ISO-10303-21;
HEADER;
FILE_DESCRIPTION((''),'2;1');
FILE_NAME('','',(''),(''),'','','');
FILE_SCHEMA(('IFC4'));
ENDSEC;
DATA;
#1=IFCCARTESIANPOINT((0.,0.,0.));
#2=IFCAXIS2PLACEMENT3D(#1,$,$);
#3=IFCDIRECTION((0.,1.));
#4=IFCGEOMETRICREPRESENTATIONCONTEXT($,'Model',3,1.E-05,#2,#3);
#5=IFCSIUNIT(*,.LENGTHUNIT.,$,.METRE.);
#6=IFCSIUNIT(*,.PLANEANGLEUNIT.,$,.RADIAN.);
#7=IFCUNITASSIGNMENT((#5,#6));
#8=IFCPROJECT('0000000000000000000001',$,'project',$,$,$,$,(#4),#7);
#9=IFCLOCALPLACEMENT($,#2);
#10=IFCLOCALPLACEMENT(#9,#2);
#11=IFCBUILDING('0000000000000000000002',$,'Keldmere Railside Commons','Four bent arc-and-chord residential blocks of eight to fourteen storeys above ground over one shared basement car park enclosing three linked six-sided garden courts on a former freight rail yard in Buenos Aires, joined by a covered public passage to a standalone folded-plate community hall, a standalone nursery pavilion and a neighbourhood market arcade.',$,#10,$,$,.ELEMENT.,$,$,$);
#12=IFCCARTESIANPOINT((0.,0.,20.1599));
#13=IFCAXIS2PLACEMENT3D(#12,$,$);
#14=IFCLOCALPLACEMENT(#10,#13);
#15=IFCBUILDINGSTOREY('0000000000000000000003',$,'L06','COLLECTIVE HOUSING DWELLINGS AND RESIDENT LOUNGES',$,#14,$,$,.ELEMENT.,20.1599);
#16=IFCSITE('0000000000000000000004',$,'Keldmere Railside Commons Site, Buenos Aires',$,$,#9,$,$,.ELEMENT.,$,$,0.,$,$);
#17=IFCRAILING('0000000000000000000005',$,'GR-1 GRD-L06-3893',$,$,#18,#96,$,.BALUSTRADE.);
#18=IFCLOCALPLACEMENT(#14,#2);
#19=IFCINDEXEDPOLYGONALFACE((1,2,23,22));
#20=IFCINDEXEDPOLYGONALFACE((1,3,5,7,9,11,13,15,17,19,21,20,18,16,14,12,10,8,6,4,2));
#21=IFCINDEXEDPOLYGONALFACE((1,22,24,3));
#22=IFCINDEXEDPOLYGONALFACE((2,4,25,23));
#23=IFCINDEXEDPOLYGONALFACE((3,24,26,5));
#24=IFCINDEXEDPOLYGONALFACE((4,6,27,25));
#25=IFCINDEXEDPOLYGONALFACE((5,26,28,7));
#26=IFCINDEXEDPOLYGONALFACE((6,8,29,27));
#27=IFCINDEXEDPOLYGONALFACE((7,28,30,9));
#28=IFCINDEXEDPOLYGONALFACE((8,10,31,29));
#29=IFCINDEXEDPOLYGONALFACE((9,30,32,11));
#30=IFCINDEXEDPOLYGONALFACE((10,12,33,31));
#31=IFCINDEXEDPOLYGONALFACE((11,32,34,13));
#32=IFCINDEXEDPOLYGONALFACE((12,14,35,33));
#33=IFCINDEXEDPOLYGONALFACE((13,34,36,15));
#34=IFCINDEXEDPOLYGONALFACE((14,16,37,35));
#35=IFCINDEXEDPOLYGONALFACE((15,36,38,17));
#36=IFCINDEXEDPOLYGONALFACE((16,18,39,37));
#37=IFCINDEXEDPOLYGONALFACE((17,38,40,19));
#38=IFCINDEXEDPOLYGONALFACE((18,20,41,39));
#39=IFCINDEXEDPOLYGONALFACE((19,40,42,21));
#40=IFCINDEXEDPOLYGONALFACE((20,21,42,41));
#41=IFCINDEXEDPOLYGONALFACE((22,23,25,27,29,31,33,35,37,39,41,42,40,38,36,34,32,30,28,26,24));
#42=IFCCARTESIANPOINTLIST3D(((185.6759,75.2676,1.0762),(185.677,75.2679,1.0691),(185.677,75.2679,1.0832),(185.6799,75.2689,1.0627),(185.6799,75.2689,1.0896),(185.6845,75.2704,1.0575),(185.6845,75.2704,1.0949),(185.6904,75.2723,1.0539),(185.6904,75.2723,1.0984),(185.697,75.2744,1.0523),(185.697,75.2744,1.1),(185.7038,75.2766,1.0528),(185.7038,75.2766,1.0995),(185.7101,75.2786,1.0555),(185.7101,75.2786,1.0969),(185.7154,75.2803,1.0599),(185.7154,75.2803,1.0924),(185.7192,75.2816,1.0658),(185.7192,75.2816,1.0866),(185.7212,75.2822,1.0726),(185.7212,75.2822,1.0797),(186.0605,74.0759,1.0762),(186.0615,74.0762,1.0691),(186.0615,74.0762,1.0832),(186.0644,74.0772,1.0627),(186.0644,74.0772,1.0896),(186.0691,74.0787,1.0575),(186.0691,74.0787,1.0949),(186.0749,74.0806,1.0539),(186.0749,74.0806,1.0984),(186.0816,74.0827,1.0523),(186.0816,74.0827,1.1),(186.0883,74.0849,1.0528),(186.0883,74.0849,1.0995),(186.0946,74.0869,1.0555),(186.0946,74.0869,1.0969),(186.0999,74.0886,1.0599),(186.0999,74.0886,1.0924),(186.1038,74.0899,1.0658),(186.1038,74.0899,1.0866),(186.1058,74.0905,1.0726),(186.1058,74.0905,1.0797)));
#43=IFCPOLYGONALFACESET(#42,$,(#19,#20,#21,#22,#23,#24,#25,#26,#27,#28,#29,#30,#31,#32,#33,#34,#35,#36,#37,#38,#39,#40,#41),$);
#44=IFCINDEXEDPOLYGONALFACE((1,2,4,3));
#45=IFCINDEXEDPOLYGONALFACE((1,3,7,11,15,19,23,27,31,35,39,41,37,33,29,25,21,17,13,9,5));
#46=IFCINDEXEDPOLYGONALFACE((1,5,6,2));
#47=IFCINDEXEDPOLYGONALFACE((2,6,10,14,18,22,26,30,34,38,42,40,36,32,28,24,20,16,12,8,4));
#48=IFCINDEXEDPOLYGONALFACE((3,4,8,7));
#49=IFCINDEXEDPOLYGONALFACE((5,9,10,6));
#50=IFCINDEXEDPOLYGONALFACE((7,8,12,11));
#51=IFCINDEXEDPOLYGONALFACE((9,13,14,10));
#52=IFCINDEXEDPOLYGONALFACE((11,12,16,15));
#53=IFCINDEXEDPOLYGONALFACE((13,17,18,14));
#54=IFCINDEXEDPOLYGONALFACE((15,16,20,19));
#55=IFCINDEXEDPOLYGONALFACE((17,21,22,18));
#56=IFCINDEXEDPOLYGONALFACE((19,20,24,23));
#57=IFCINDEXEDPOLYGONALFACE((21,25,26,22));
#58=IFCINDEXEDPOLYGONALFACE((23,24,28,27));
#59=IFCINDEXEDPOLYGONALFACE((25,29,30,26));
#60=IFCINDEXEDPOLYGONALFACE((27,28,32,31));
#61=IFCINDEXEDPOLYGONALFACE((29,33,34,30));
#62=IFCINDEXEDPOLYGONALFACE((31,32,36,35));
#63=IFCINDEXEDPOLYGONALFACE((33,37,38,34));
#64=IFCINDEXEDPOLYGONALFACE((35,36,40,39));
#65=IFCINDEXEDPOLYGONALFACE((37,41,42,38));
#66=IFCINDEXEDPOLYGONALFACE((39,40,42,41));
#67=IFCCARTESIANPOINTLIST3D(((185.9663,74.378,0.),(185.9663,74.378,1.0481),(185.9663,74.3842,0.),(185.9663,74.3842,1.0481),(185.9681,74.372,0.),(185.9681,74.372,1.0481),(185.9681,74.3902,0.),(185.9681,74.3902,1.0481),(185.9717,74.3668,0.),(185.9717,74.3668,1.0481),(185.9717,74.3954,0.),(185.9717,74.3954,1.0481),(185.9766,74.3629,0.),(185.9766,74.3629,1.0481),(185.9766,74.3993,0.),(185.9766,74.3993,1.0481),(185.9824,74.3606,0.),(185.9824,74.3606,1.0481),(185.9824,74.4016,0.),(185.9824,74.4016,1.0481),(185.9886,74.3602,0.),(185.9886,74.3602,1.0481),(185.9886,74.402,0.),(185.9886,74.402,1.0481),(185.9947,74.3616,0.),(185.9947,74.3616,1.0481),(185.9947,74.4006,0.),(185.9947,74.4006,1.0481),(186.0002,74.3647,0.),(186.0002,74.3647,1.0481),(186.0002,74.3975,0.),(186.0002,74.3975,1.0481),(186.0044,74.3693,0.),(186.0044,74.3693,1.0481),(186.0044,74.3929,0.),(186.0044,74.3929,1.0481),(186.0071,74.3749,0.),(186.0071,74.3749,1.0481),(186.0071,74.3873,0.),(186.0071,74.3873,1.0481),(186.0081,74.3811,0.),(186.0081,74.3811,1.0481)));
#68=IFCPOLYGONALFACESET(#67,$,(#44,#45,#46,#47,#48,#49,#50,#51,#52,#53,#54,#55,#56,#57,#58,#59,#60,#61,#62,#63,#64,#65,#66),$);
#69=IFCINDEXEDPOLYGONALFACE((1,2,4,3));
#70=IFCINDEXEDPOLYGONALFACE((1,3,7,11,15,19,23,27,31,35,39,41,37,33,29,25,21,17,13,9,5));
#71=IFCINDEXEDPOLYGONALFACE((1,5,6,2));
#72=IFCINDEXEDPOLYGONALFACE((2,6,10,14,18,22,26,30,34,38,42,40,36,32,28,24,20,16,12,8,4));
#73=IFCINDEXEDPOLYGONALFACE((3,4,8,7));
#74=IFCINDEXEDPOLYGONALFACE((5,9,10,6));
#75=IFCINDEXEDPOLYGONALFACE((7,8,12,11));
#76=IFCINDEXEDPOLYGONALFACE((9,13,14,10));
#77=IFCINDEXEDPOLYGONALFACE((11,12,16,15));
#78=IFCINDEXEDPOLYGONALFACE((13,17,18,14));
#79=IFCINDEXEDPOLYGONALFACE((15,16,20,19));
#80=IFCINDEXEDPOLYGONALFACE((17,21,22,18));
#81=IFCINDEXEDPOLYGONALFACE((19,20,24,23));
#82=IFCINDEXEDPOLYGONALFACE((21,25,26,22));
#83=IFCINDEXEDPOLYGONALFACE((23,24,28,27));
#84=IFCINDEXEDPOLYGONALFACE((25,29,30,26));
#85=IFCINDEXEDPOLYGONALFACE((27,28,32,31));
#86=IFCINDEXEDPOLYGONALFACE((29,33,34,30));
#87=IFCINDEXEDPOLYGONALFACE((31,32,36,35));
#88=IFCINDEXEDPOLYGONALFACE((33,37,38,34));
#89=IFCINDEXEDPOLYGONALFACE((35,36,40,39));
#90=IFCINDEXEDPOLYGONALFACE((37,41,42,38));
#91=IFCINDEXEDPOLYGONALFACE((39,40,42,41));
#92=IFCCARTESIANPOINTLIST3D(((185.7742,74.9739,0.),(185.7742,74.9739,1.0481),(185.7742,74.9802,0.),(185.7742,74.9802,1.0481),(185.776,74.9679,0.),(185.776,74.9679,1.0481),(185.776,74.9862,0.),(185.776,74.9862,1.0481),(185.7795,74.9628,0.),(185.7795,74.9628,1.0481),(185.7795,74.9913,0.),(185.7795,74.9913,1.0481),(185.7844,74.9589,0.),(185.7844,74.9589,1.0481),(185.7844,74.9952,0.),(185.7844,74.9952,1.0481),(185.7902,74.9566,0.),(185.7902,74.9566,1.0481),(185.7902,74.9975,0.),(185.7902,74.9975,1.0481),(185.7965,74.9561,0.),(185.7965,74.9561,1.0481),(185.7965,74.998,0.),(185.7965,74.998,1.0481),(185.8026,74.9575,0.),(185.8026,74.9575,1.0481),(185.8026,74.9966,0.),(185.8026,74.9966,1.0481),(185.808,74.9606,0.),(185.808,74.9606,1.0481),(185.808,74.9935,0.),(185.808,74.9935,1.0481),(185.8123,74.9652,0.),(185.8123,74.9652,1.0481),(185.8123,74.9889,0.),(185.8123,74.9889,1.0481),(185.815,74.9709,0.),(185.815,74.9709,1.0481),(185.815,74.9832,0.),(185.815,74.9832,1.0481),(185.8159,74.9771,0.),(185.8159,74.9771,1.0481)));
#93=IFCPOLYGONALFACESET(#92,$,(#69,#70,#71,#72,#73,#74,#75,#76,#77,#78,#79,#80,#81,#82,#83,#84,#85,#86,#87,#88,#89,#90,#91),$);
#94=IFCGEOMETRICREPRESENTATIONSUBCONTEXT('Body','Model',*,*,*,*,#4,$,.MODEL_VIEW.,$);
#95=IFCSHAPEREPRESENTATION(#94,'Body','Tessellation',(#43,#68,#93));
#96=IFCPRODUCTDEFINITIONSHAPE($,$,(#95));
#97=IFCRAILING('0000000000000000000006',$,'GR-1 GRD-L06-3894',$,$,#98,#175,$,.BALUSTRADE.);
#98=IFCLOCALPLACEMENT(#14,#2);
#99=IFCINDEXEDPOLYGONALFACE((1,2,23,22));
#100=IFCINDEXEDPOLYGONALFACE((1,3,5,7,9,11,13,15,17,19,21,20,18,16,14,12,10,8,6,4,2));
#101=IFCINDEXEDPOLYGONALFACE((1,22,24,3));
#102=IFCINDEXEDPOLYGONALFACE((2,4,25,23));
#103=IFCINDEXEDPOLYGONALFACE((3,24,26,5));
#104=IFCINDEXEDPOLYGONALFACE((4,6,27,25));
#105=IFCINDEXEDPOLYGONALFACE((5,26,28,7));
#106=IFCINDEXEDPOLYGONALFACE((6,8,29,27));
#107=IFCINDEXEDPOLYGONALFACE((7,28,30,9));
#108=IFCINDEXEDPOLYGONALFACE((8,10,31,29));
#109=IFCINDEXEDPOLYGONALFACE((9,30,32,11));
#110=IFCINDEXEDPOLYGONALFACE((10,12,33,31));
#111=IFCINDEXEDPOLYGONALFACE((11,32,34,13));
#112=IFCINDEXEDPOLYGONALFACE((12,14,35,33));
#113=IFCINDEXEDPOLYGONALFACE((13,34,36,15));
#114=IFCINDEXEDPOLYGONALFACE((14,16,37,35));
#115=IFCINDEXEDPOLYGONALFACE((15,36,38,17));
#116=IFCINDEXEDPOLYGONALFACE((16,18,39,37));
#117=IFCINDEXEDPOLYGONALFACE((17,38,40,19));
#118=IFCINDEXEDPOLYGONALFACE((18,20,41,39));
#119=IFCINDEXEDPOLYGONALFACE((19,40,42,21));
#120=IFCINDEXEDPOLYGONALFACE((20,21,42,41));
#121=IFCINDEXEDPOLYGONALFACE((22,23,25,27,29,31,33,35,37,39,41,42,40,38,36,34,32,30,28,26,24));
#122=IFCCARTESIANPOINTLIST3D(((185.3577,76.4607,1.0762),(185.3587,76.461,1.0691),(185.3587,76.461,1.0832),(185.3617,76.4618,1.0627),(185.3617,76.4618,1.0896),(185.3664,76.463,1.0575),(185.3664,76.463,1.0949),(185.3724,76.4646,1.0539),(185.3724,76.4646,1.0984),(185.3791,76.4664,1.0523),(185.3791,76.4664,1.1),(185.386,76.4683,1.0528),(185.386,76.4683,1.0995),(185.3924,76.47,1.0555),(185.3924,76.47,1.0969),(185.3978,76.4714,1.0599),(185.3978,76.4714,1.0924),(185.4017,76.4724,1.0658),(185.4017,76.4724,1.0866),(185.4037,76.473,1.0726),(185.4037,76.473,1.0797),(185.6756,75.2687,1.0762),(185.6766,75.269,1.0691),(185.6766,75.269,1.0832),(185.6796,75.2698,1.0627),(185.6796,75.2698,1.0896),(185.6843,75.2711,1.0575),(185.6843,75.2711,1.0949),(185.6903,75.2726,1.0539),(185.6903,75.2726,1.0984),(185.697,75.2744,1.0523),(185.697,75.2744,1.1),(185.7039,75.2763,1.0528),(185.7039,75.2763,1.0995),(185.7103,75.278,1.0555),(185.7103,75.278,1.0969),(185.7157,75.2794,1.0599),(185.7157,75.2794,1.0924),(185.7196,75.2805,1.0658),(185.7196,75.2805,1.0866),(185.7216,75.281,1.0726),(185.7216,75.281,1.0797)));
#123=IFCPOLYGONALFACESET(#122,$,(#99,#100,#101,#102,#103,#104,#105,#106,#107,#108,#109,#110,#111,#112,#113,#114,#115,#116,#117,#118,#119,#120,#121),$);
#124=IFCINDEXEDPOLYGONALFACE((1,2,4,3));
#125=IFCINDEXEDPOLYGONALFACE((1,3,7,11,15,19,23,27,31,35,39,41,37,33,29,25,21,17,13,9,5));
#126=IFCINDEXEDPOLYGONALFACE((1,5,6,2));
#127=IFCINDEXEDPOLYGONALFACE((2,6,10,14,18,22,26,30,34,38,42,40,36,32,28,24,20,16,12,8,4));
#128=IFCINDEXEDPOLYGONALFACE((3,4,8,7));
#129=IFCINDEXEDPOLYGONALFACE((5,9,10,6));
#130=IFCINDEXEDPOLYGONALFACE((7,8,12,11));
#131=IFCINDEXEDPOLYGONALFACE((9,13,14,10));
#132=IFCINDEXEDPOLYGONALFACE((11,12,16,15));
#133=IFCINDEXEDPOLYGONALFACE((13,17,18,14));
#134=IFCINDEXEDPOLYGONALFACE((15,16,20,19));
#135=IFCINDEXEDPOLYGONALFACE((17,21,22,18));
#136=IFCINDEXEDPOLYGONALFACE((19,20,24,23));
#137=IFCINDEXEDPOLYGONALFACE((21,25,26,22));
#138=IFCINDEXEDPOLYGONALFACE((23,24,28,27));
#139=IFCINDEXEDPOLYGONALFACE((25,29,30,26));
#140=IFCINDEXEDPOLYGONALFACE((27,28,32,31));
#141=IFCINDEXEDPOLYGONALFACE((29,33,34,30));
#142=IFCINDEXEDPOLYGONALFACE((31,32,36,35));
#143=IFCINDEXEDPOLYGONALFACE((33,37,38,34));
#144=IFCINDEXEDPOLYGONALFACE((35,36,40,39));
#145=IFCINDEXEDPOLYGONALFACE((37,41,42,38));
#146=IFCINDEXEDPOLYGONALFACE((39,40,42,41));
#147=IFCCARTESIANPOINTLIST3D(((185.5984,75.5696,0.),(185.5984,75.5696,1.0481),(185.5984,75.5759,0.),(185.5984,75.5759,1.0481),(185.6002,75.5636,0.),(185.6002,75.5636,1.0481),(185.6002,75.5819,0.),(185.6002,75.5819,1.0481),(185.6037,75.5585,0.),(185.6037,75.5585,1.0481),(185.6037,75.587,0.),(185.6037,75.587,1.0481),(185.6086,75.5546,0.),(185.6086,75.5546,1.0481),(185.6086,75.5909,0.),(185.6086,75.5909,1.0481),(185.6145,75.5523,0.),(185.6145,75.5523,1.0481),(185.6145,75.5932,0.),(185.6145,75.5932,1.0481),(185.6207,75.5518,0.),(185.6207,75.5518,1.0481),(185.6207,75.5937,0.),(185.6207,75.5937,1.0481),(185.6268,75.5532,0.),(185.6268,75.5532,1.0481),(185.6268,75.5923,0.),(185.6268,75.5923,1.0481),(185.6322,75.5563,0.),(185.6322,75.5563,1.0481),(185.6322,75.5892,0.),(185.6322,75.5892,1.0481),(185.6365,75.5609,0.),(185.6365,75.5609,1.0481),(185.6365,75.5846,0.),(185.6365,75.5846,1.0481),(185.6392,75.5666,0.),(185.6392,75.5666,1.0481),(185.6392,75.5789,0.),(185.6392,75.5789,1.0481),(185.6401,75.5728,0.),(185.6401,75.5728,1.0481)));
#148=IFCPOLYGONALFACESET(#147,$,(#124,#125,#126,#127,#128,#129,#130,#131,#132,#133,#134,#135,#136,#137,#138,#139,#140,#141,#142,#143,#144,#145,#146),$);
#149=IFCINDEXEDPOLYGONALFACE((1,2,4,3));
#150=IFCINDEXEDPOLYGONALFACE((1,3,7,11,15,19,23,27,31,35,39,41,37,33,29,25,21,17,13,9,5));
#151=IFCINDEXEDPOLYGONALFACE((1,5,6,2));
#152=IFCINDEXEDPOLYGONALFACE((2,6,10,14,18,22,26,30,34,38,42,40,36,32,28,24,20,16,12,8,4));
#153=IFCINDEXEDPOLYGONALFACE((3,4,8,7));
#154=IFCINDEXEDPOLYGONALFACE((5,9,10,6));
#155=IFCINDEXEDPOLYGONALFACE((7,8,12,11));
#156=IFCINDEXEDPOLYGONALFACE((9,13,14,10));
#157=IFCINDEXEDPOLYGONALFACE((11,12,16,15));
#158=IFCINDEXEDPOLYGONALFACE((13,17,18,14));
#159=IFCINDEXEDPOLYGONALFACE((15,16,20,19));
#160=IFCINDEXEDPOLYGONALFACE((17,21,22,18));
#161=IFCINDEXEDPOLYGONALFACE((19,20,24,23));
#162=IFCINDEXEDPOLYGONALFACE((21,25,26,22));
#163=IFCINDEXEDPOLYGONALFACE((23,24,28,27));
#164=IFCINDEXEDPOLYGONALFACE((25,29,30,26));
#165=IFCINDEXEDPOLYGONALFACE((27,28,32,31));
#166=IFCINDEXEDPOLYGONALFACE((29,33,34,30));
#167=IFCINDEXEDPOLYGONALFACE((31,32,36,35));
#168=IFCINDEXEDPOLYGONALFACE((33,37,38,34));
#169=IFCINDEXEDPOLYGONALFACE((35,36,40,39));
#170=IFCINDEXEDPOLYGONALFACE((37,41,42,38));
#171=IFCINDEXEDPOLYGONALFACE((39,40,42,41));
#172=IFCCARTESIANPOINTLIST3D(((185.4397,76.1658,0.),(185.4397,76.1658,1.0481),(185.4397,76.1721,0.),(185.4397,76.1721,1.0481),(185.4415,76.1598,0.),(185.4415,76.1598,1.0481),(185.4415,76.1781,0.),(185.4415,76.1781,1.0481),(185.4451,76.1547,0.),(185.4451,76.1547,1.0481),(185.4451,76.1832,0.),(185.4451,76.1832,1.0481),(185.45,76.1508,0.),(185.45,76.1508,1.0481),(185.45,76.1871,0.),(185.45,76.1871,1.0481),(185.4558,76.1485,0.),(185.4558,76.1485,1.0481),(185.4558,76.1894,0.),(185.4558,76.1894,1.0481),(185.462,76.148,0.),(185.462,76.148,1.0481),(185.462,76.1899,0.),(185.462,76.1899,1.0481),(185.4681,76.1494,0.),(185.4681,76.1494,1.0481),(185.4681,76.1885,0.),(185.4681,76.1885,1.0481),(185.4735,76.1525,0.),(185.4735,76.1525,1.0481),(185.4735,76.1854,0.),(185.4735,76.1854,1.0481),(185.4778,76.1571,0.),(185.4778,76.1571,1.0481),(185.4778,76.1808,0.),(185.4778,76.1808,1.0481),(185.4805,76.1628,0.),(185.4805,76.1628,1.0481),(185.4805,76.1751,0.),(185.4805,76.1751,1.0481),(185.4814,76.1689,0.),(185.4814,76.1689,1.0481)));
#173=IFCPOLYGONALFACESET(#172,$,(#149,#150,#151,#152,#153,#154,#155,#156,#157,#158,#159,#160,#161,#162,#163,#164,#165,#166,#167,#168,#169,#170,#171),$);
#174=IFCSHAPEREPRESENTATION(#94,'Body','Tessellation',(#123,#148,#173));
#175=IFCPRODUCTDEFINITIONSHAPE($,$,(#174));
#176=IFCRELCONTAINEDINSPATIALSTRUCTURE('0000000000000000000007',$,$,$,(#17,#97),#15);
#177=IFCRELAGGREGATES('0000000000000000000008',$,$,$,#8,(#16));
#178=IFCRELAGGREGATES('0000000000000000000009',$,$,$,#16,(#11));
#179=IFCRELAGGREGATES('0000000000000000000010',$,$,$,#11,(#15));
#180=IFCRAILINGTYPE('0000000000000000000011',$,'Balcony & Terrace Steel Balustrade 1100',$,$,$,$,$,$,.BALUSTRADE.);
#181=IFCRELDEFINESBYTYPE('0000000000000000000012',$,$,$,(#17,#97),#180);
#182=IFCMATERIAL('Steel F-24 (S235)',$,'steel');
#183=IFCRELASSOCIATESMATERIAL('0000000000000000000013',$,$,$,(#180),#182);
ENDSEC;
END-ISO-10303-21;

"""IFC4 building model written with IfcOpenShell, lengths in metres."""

from ifc_helpers import new_model, si_unit, direction, frame, origin, origin_2d, place, context, subcontext, project, spatial, circle, extrude, material, type_object, element, save


model = new_model("IFC4")

# Units and contexts
model_context = context("Model", 3, precision=1e-05, world=origin(), true_north=direction((0.0, 1.0)))
body_context = subcontext(model_context, "Body", "Model", "MODEL_VIEW")
ifc_project = project(units=[si_unit("LENGTHUNIT", "METRE"), si_unit("PLANEANGLEUNIT", "RADIAN")], contexts=[model_context])

# Site, building, storey
site_placement = place(None, origin())
site = spatial("IfcSite", under=ifc_project, at=site_placement, Name="Keldmere Railside Commons Site, Buenos Aires", CompositionType="ELEMENT", RefElevation=0.0)
building_placement = place(site_placement, origin())
building = spatial("IfcBuilding", under=site, at=building_placement, Name="Keldmere Railside Commons", Description="Four bent arc-and-chord residential blocks of eight to fourteen storeys above ground over one shared basement car park enclosing three linked six-sided garden courts on a former freight rail yard in Buenos Aires, joined by a covered public passage to a standalone folded-plate community hall, a standalone nursery pavilion and a neighbourhood market arcade.", CompositionType="ELEMENT")
storey_placement = place(building_placement, frame((0.0, 0.0, 20.1599)))
storey = spatial("IfcBuildingStorey", under=building, at=storey_placement, Name="L06", Description="COLLECTIVE HOUSING DWELLINGS AND RESIDENT LOUNGES", CompositionType="ELEMENT", Elevation=20.1599)

# Shared definitions
ifc_material_1 = material(Name="Steel F-24 (S235)", Category="steel")

# Railings
railing_type_1 = type_object("IfcRailingType", Name="Balcony & Terrace Steel Balustrade 1100", PredefinedType="BALUSTRADE", material=ifc_material_1)
railing_1_placement = place(storey_placement, frame((186.0833, 74.0833, 0.0)))
element("IfcRailing", 1, at=railing_1_placement, inside=storey, type_object=railing_type_1, Name="GR-1 GRD-L06-3893", PredefinedType="BALUSTRADE", context=body_context, shape_type="SweptSolid", body=[
    extrude(circle(Radius=0.0239, at=origin_2d()), frame((0.0, 0.0, 1.0762), z_axis=(-0.307088, 0.951681, 0.0), x_axis=(-0.951681, -0.307088, 0.0)), (0.0, 0.0, 1.0), 1.2522),
    extrude(circle(Radius=0.021, at=origin_2d()), frame((-0.0962, 0.2979, 0.0)), (0.0, 0.0, 1.0), 1.0481),
    extrude(circle(Radius=0.021, at=origin_2d()), frame((-0.2883, 0.8938, 0.0)), (0.0, 0.0, 1.0), 1.0481),
])
railing_2_placement = place(storey_placement, frame((185.6987, 75.2749, 0.0)))
element("IfcRailing", 2, at=railing_2_placement, inside=storey, type_object=railing_type_1, Name="GR-1 GRD-L06-3894", PredefinedType="BALUSTRADE", context=body_context, shape_type="SweptSolid", body=[
    extrude(circle(Radius=0.0239, at=origin_2d()), frame((0.0, 0.0, 1.0762), z_axis=(-0.257687, 0.966228, 0.0), x_axis=(-0.966228, -0.257687, 0.0)), (0.0, 0.0, 1.0), 1.2336),
    extrude(circle(Radius=0.021, at=origin_2d()), frame((-0.0796, 0.2979, 0.0)), (0.0, 0.0, 1.0), 1.0481),
    extrude(circle(Radius=0.021, at=origin_2d()), frame((-0.2383, 0.894, 0.0)), (0.0, 0.0, 1.0), 1.0481),
])

save(model, "model.ifc")
